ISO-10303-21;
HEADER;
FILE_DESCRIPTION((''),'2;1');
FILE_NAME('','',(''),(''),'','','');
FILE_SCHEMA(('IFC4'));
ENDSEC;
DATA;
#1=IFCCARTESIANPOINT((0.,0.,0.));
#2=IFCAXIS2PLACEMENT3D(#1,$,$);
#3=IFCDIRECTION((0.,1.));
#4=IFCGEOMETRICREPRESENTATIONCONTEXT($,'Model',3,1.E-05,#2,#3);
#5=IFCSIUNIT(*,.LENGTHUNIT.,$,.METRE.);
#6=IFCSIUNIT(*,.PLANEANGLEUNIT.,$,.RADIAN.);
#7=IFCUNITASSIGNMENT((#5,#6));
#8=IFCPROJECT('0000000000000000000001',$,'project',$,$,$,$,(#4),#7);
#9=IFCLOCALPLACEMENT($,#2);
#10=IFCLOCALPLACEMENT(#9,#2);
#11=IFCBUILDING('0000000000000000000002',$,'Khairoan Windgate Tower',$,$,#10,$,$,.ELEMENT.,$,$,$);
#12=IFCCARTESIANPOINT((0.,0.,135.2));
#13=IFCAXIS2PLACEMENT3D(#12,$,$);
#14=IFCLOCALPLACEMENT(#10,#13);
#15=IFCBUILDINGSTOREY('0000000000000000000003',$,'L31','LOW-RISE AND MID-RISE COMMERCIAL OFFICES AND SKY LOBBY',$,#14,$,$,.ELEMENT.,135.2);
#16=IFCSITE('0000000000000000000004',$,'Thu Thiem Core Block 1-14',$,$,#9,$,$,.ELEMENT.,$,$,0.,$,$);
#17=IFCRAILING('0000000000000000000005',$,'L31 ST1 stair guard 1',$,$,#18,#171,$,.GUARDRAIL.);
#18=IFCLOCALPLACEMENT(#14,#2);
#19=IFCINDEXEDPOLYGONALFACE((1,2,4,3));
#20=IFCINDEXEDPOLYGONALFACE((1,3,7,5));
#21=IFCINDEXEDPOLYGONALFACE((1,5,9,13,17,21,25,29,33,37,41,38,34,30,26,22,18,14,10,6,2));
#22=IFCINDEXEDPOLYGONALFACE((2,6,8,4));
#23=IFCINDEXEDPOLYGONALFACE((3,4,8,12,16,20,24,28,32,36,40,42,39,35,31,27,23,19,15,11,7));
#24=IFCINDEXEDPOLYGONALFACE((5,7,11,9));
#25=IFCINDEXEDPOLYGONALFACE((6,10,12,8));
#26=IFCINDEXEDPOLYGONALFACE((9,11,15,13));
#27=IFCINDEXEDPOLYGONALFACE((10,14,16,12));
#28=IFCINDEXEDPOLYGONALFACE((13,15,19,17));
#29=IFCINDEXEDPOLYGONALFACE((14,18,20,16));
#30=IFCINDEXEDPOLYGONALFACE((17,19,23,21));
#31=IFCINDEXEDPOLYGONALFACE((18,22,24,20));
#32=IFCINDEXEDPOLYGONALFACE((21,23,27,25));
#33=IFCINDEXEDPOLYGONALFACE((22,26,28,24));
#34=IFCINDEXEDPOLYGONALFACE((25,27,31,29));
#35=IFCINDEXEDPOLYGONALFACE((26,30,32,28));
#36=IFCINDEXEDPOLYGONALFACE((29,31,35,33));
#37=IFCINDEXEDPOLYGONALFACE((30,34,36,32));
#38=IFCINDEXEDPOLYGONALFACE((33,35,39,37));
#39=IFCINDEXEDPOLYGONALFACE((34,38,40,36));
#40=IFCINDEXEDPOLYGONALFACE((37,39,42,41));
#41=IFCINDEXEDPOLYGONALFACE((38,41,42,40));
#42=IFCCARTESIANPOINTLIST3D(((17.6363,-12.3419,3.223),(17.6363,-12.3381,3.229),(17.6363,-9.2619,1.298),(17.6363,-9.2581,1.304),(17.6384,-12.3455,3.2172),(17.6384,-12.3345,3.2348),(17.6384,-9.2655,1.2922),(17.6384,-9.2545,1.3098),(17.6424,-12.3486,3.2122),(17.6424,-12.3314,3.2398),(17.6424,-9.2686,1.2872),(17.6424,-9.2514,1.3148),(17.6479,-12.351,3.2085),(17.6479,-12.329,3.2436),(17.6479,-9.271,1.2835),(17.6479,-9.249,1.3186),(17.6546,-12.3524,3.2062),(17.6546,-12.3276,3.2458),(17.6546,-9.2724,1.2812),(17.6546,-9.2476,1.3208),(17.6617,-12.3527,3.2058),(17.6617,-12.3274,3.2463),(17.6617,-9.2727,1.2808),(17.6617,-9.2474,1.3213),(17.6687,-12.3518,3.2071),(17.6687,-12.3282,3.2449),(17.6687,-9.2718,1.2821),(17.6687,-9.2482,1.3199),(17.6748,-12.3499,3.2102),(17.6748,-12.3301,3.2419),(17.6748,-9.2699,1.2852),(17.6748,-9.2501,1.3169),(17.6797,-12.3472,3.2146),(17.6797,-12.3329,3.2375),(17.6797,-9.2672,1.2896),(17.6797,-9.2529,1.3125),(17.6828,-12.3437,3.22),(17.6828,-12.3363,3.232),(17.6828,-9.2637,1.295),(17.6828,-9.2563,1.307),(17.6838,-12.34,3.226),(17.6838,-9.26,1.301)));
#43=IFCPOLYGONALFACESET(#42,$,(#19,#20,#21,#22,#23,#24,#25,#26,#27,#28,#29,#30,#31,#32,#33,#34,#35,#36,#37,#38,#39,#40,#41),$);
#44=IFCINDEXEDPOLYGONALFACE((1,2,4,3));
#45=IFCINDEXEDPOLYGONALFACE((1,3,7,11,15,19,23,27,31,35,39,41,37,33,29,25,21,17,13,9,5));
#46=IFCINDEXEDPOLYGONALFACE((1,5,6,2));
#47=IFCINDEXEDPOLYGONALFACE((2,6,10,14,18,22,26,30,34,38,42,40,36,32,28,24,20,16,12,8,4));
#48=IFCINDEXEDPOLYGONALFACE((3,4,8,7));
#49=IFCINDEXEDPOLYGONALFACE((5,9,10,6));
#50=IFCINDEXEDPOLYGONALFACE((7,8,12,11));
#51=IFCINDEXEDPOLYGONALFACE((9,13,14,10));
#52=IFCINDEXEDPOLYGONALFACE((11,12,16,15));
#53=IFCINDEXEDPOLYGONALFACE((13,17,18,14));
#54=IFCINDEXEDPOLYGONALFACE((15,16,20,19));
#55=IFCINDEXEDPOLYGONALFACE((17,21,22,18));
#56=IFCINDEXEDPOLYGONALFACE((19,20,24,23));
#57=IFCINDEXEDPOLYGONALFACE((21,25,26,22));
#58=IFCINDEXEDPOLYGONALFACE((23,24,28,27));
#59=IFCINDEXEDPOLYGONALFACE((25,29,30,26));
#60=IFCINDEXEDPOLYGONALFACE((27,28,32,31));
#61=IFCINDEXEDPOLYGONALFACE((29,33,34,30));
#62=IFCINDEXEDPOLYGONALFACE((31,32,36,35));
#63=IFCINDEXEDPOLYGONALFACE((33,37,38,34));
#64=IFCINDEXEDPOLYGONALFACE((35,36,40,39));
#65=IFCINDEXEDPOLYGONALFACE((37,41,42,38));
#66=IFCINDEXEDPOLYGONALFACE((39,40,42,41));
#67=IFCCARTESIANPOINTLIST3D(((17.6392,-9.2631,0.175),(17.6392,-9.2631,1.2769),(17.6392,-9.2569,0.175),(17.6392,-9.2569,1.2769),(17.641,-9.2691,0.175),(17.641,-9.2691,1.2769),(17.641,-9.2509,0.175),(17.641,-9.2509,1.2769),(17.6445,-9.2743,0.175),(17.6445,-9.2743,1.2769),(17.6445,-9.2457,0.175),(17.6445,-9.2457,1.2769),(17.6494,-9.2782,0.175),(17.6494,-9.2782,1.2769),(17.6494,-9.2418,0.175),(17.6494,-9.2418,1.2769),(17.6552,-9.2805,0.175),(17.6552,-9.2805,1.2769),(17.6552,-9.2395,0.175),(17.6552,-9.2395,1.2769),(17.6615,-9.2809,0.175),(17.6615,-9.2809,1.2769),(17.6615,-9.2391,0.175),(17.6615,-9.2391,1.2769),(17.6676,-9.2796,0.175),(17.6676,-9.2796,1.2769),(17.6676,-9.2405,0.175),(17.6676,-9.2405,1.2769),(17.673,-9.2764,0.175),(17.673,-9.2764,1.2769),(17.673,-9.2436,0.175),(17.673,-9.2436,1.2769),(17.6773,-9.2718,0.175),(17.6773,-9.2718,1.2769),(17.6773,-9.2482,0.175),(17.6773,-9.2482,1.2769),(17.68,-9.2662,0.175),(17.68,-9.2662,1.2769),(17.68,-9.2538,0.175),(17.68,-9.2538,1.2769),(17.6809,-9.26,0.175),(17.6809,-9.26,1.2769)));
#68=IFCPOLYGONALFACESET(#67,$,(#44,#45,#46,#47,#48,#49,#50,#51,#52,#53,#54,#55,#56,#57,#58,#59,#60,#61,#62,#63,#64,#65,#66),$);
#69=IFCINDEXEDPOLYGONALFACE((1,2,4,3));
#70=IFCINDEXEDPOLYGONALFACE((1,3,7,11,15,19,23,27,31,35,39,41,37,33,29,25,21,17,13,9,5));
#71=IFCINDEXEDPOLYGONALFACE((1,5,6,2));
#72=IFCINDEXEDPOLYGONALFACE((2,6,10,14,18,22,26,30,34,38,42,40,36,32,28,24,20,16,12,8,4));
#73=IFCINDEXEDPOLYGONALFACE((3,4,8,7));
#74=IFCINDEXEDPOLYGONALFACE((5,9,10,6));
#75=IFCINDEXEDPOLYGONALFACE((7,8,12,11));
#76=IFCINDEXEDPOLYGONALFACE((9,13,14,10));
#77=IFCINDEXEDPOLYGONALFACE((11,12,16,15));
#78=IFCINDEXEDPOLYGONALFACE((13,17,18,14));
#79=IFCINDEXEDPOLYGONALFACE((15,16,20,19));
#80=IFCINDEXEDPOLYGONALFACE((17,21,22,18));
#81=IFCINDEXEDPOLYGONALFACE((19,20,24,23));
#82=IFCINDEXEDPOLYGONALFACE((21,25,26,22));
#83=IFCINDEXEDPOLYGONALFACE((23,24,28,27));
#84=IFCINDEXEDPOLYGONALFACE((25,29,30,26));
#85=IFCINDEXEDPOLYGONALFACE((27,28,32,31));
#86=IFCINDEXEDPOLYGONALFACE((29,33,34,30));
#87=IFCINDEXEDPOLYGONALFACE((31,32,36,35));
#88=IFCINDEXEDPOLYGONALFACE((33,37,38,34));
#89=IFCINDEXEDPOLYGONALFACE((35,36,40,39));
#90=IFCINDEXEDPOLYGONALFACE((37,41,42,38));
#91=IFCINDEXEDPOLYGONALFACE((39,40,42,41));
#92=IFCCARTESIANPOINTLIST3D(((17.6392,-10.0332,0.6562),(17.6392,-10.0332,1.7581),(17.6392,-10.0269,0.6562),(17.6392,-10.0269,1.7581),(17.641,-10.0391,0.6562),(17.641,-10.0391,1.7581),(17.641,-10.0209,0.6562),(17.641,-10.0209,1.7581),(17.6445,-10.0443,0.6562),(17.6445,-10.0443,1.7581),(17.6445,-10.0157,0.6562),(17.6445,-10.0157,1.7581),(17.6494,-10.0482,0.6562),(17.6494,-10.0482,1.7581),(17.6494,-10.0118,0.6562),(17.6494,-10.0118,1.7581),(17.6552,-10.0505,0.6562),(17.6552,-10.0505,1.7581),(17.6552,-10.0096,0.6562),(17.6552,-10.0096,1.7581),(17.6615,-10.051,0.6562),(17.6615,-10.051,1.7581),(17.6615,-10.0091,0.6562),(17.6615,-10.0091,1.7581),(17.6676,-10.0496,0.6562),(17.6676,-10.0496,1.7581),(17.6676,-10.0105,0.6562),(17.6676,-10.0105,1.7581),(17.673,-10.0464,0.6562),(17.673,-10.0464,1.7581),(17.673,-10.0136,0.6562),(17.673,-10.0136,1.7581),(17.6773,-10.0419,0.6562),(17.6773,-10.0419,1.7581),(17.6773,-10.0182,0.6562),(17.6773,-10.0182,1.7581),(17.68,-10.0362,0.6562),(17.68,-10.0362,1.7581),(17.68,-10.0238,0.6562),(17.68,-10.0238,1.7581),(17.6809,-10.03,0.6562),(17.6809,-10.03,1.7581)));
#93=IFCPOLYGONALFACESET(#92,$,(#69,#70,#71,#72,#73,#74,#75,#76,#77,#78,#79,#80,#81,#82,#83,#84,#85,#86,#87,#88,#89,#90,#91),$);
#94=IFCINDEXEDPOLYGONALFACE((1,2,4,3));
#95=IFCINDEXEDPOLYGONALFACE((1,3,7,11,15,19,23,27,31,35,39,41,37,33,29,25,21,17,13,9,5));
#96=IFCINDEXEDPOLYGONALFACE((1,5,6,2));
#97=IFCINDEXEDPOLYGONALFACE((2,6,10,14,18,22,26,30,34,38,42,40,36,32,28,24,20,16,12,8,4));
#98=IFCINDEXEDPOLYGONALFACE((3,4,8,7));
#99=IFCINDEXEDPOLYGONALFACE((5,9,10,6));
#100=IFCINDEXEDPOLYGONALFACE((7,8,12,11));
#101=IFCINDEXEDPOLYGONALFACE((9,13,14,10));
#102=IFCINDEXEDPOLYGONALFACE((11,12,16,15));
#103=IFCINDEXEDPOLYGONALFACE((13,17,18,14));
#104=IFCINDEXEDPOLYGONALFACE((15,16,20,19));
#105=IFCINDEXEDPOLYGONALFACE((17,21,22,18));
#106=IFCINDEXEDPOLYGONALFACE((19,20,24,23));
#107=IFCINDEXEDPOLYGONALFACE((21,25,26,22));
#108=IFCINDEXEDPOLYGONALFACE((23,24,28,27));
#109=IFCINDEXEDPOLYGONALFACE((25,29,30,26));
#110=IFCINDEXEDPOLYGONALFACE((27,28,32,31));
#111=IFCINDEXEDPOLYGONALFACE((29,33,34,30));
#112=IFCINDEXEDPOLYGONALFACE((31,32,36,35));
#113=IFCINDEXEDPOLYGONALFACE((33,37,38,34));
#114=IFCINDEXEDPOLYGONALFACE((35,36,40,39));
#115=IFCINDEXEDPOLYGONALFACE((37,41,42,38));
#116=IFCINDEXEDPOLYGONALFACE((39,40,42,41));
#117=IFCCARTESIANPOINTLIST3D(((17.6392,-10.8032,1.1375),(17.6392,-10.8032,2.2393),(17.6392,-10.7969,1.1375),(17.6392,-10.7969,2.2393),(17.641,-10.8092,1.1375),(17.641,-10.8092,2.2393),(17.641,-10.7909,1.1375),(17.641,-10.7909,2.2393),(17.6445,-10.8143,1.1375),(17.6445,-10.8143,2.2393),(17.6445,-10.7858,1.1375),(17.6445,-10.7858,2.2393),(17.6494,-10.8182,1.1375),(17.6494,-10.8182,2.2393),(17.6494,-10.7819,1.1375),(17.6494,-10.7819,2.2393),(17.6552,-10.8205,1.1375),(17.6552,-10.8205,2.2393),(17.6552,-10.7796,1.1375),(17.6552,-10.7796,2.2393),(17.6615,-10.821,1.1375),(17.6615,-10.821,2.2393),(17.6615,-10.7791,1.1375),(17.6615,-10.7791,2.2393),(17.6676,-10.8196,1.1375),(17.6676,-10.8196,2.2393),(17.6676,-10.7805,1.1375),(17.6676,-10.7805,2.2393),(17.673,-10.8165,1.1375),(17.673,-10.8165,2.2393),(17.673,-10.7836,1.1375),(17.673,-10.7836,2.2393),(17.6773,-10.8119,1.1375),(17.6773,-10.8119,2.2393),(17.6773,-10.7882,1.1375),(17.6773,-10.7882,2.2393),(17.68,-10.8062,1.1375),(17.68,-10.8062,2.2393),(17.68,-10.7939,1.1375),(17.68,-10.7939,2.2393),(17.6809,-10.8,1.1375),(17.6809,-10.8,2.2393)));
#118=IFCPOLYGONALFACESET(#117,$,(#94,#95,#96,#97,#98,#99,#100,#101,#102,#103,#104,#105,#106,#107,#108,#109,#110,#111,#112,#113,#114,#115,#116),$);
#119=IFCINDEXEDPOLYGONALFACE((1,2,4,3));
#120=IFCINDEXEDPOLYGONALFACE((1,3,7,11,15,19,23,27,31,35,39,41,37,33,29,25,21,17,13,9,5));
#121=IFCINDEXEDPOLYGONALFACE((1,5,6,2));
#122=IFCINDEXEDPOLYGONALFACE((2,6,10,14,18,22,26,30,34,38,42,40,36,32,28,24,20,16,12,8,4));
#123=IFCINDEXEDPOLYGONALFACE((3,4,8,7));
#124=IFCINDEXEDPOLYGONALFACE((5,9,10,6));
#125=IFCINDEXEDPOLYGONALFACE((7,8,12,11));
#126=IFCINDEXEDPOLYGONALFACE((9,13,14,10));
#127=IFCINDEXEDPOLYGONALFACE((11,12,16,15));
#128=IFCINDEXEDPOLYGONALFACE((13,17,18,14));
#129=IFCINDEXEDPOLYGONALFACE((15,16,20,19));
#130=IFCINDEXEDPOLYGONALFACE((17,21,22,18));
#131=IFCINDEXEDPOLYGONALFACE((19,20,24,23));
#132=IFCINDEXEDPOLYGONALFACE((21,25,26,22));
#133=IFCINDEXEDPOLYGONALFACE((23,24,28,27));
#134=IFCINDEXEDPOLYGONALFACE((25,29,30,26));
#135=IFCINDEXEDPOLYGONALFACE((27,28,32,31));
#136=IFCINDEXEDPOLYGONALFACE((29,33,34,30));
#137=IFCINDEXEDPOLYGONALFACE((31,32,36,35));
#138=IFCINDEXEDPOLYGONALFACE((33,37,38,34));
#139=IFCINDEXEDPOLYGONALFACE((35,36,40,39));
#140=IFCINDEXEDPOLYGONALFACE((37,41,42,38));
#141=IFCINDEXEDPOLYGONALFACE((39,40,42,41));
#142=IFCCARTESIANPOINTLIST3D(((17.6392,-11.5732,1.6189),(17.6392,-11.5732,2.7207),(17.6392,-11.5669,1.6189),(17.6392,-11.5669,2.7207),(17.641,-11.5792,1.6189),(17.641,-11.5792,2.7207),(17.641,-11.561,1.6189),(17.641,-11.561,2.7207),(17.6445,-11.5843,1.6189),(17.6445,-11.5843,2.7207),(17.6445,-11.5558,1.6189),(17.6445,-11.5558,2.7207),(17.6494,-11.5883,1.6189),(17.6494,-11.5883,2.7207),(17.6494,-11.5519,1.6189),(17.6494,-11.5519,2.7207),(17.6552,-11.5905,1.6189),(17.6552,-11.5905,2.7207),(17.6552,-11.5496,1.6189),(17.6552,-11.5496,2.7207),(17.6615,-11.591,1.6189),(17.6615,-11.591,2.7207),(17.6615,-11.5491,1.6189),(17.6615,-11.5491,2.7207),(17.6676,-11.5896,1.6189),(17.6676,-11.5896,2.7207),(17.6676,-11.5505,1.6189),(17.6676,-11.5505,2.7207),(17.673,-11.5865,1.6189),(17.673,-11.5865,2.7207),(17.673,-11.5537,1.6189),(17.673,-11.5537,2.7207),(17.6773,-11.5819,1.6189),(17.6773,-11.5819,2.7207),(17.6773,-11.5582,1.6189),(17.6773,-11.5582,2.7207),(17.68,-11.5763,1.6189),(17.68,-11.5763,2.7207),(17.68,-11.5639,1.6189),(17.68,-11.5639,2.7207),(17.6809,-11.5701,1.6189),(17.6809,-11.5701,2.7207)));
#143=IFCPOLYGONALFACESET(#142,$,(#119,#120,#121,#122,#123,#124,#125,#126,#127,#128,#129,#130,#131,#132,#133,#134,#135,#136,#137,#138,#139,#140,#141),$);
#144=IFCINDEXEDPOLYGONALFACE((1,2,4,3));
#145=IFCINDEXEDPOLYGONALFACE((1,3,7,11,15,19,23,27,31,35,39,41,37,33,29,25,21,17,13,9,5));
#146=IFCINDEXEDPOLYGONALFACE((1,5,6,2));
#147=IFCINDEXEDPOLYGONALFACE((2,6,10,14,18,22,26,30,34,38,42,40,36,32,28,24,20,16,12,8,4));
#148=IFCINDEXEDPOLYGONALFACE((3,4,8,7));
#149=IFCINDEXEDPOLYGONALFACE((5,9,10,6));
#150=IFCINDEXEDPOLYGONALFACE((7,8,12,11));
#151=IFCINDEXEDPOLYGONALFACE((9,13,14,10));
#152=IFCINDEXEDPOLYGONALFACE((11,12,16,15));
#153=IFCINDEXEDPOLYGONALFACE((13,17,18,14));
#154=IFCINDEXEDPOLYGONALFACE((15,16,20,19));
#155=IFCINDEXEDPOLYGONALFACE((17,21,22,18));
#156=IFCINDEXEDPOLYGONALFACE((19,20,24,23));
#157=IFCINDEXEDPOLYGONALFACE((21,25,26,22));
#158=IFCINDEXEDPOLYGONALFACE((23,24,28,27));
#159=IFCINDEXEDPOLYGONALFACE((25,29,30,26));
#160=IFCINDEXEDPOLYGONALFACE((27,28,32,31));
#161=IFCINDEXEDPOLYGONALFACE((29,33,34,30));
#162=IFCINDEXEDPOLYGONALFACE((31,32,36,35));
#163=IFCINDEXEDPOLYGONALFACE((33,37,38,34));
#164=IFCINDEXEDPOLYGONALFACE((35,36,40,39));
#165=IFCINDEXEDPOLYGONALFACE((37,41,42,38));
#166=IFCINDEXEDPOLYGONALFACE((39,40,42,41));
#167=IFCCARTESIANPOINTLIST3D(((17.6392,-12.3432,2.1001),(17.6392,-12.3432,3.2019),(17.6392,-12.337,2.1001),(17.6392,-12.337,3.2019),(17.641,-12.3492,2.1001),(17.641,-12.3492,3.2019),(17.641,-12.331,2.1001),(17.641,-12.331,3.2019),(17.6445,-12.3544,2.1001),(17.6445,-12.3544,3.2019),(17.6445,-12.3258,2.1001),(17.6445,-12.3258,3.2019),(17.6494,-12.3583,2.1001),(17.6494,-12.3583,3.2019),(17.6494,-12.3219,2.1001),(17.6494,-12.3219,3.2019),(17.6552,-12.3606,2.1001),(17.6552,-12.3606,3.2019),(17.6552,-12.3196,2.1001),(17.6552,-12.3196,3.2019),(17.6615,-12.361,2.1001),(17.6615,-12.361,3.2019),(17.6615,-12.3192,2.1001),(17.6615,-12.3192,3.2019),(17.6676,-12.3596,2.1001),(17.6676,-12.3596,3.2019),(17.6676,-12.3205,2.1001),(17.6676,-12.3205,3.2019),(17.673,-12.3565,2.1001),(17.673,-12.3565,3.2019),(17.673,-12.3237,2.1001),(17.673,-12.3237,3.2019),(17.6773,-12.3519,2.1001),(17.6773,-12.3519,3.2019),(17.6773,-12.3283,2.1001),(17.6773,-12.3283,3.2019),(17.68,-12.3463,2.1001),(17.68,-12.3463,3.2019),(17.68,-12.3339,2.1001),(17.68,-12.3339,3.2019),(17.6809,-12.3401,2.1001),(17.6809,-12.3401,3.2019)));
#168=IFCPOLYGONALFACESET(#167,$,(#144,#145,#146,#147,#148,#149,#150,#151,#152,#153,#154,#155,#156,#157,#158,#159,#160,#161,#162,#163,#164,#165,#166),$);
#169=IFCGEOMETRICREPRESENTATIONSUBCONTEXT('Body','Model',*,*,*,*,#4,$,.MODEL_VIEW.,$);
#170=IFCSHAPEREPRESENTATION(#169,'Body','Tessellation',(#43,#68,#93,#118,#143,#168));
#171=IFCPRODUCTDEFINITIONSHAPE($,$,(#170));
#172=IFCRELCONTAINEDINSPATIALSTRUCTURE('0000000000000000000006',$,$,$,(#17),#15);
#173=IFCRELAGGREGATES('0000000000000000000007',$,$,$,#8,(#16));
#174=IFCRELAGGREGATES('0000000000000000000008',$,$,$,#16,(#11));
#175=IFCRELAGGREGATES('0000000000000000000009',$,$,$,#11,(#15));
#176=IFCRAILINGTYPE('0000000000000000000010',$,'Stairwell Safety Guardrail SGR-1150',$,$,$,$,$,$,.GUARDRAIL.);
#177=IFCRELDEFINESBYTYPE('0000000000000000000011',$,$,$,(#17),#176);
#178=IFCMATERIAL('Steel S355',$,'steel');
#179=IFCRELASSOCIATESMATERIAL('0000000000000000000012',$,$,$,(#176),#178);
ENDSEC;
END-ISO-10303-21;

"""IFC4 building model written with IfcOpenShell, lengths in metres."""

from ifc_helpers import new_model, si_unit, direction, frame, origin, origin_2d, place, context, subcontext, project, spatial, circle, extrude, material, type_object, element, save


model = new_model("IFC4")

# Units and contexts
model_context = context("Model", 3, precision=1e-05, world=origin(), true_north=direction((0.0, 1.0)))
body_context = subcontext(model_context, "Body", "Model", "MODEL_VIEW")
ifc_project = project(units=[si_unit("LENGTHUNIT", "METRE"), si_unit("PLANEANGLEUNIT", "RADIAN")], contexts=[model_context])

# Site, building, storey
site_placement = place(None, origin())
site = spatial("IfcSite", under=ifc_project, at=site_placement, Name="Thu Thiem Core Block 1-14", CompositionType="ELEMENT", RefElevation=0.0)
building_placement = place(site_placement, origin())
building = spatial("IfcBuilding", under=site, at=building_placement, Name="Khairoan Windgate Tower", CompositionType="ELEMENT")
storey_placement = place(building_placement, frame((0.0, 0.0, 135.2)))
storey = spatial("IfcBuildingStorey", under=building, at=storey_placement, Name="L31", Description="LOW-RISE AND MID-RISE COMMERCIAL OFFICES AND SKY LOBBY", CompositionType="ELEMENT", Elevation=135.2)

# Railing
ifc_material_1 = material(Name="Steel S355", Category="steel")
railing_type_1 = type_object("IfcRailingType", Name="Stairwell Safety Guardrail SGR-1150", PredefinedType="GUARDRAIL", material=ifc_material_1)
railing_1_placement = place(storey_placement, frame((17.6599, -9.26, 0.175)))
element("IfcRailing", 1, at=railing_1_placement, inside=storey, type_object=railing_type_1, Name="L31 ST1 stair guard 1", PredefinedType="GUARDRAIL", context=body_context, shape_type="SweptSolid", body=[
    extrude(circle(Radius=0.0239, at=origin_2d()), frame((0.0, 0.0, 1.126), z_axis=(0.0, -0.847998, 0.529999), x_axis=(1.0, 0.0, 0.0)), (0.0, 0.0, 1.0), 3.6321),
    extrude(circle(Radius=0.021, at=origin_2d()), origin(), (0.0, 0.0, 1.0), 1.1018),
    extrude(circle(Radius=0.021, at=origin_2d()), frame((0.0, -0.77, 0.4812)), (0.0, 0.0, 1.0), 1.1018),
    extrude(circle(Radius=0.021, at=origin_2d()), frame((0.0, -1.54, 0.9624)), (0.0, 0.0, 1.0), 1.1018),
    extrude(circle(Radius=0.021, at=origin_2d()), frame((0.0, -2.3101, 1.4438)), (0.0, 0.0, 1.0), 1.1018),
    extrude(circle(Radius=0.021, at=origin_2d()), frame((0.0, -3.0801, 1.925)), (0.0, 0.0, 1.0), 1.1018),
])

save(model, "model.ifc")
